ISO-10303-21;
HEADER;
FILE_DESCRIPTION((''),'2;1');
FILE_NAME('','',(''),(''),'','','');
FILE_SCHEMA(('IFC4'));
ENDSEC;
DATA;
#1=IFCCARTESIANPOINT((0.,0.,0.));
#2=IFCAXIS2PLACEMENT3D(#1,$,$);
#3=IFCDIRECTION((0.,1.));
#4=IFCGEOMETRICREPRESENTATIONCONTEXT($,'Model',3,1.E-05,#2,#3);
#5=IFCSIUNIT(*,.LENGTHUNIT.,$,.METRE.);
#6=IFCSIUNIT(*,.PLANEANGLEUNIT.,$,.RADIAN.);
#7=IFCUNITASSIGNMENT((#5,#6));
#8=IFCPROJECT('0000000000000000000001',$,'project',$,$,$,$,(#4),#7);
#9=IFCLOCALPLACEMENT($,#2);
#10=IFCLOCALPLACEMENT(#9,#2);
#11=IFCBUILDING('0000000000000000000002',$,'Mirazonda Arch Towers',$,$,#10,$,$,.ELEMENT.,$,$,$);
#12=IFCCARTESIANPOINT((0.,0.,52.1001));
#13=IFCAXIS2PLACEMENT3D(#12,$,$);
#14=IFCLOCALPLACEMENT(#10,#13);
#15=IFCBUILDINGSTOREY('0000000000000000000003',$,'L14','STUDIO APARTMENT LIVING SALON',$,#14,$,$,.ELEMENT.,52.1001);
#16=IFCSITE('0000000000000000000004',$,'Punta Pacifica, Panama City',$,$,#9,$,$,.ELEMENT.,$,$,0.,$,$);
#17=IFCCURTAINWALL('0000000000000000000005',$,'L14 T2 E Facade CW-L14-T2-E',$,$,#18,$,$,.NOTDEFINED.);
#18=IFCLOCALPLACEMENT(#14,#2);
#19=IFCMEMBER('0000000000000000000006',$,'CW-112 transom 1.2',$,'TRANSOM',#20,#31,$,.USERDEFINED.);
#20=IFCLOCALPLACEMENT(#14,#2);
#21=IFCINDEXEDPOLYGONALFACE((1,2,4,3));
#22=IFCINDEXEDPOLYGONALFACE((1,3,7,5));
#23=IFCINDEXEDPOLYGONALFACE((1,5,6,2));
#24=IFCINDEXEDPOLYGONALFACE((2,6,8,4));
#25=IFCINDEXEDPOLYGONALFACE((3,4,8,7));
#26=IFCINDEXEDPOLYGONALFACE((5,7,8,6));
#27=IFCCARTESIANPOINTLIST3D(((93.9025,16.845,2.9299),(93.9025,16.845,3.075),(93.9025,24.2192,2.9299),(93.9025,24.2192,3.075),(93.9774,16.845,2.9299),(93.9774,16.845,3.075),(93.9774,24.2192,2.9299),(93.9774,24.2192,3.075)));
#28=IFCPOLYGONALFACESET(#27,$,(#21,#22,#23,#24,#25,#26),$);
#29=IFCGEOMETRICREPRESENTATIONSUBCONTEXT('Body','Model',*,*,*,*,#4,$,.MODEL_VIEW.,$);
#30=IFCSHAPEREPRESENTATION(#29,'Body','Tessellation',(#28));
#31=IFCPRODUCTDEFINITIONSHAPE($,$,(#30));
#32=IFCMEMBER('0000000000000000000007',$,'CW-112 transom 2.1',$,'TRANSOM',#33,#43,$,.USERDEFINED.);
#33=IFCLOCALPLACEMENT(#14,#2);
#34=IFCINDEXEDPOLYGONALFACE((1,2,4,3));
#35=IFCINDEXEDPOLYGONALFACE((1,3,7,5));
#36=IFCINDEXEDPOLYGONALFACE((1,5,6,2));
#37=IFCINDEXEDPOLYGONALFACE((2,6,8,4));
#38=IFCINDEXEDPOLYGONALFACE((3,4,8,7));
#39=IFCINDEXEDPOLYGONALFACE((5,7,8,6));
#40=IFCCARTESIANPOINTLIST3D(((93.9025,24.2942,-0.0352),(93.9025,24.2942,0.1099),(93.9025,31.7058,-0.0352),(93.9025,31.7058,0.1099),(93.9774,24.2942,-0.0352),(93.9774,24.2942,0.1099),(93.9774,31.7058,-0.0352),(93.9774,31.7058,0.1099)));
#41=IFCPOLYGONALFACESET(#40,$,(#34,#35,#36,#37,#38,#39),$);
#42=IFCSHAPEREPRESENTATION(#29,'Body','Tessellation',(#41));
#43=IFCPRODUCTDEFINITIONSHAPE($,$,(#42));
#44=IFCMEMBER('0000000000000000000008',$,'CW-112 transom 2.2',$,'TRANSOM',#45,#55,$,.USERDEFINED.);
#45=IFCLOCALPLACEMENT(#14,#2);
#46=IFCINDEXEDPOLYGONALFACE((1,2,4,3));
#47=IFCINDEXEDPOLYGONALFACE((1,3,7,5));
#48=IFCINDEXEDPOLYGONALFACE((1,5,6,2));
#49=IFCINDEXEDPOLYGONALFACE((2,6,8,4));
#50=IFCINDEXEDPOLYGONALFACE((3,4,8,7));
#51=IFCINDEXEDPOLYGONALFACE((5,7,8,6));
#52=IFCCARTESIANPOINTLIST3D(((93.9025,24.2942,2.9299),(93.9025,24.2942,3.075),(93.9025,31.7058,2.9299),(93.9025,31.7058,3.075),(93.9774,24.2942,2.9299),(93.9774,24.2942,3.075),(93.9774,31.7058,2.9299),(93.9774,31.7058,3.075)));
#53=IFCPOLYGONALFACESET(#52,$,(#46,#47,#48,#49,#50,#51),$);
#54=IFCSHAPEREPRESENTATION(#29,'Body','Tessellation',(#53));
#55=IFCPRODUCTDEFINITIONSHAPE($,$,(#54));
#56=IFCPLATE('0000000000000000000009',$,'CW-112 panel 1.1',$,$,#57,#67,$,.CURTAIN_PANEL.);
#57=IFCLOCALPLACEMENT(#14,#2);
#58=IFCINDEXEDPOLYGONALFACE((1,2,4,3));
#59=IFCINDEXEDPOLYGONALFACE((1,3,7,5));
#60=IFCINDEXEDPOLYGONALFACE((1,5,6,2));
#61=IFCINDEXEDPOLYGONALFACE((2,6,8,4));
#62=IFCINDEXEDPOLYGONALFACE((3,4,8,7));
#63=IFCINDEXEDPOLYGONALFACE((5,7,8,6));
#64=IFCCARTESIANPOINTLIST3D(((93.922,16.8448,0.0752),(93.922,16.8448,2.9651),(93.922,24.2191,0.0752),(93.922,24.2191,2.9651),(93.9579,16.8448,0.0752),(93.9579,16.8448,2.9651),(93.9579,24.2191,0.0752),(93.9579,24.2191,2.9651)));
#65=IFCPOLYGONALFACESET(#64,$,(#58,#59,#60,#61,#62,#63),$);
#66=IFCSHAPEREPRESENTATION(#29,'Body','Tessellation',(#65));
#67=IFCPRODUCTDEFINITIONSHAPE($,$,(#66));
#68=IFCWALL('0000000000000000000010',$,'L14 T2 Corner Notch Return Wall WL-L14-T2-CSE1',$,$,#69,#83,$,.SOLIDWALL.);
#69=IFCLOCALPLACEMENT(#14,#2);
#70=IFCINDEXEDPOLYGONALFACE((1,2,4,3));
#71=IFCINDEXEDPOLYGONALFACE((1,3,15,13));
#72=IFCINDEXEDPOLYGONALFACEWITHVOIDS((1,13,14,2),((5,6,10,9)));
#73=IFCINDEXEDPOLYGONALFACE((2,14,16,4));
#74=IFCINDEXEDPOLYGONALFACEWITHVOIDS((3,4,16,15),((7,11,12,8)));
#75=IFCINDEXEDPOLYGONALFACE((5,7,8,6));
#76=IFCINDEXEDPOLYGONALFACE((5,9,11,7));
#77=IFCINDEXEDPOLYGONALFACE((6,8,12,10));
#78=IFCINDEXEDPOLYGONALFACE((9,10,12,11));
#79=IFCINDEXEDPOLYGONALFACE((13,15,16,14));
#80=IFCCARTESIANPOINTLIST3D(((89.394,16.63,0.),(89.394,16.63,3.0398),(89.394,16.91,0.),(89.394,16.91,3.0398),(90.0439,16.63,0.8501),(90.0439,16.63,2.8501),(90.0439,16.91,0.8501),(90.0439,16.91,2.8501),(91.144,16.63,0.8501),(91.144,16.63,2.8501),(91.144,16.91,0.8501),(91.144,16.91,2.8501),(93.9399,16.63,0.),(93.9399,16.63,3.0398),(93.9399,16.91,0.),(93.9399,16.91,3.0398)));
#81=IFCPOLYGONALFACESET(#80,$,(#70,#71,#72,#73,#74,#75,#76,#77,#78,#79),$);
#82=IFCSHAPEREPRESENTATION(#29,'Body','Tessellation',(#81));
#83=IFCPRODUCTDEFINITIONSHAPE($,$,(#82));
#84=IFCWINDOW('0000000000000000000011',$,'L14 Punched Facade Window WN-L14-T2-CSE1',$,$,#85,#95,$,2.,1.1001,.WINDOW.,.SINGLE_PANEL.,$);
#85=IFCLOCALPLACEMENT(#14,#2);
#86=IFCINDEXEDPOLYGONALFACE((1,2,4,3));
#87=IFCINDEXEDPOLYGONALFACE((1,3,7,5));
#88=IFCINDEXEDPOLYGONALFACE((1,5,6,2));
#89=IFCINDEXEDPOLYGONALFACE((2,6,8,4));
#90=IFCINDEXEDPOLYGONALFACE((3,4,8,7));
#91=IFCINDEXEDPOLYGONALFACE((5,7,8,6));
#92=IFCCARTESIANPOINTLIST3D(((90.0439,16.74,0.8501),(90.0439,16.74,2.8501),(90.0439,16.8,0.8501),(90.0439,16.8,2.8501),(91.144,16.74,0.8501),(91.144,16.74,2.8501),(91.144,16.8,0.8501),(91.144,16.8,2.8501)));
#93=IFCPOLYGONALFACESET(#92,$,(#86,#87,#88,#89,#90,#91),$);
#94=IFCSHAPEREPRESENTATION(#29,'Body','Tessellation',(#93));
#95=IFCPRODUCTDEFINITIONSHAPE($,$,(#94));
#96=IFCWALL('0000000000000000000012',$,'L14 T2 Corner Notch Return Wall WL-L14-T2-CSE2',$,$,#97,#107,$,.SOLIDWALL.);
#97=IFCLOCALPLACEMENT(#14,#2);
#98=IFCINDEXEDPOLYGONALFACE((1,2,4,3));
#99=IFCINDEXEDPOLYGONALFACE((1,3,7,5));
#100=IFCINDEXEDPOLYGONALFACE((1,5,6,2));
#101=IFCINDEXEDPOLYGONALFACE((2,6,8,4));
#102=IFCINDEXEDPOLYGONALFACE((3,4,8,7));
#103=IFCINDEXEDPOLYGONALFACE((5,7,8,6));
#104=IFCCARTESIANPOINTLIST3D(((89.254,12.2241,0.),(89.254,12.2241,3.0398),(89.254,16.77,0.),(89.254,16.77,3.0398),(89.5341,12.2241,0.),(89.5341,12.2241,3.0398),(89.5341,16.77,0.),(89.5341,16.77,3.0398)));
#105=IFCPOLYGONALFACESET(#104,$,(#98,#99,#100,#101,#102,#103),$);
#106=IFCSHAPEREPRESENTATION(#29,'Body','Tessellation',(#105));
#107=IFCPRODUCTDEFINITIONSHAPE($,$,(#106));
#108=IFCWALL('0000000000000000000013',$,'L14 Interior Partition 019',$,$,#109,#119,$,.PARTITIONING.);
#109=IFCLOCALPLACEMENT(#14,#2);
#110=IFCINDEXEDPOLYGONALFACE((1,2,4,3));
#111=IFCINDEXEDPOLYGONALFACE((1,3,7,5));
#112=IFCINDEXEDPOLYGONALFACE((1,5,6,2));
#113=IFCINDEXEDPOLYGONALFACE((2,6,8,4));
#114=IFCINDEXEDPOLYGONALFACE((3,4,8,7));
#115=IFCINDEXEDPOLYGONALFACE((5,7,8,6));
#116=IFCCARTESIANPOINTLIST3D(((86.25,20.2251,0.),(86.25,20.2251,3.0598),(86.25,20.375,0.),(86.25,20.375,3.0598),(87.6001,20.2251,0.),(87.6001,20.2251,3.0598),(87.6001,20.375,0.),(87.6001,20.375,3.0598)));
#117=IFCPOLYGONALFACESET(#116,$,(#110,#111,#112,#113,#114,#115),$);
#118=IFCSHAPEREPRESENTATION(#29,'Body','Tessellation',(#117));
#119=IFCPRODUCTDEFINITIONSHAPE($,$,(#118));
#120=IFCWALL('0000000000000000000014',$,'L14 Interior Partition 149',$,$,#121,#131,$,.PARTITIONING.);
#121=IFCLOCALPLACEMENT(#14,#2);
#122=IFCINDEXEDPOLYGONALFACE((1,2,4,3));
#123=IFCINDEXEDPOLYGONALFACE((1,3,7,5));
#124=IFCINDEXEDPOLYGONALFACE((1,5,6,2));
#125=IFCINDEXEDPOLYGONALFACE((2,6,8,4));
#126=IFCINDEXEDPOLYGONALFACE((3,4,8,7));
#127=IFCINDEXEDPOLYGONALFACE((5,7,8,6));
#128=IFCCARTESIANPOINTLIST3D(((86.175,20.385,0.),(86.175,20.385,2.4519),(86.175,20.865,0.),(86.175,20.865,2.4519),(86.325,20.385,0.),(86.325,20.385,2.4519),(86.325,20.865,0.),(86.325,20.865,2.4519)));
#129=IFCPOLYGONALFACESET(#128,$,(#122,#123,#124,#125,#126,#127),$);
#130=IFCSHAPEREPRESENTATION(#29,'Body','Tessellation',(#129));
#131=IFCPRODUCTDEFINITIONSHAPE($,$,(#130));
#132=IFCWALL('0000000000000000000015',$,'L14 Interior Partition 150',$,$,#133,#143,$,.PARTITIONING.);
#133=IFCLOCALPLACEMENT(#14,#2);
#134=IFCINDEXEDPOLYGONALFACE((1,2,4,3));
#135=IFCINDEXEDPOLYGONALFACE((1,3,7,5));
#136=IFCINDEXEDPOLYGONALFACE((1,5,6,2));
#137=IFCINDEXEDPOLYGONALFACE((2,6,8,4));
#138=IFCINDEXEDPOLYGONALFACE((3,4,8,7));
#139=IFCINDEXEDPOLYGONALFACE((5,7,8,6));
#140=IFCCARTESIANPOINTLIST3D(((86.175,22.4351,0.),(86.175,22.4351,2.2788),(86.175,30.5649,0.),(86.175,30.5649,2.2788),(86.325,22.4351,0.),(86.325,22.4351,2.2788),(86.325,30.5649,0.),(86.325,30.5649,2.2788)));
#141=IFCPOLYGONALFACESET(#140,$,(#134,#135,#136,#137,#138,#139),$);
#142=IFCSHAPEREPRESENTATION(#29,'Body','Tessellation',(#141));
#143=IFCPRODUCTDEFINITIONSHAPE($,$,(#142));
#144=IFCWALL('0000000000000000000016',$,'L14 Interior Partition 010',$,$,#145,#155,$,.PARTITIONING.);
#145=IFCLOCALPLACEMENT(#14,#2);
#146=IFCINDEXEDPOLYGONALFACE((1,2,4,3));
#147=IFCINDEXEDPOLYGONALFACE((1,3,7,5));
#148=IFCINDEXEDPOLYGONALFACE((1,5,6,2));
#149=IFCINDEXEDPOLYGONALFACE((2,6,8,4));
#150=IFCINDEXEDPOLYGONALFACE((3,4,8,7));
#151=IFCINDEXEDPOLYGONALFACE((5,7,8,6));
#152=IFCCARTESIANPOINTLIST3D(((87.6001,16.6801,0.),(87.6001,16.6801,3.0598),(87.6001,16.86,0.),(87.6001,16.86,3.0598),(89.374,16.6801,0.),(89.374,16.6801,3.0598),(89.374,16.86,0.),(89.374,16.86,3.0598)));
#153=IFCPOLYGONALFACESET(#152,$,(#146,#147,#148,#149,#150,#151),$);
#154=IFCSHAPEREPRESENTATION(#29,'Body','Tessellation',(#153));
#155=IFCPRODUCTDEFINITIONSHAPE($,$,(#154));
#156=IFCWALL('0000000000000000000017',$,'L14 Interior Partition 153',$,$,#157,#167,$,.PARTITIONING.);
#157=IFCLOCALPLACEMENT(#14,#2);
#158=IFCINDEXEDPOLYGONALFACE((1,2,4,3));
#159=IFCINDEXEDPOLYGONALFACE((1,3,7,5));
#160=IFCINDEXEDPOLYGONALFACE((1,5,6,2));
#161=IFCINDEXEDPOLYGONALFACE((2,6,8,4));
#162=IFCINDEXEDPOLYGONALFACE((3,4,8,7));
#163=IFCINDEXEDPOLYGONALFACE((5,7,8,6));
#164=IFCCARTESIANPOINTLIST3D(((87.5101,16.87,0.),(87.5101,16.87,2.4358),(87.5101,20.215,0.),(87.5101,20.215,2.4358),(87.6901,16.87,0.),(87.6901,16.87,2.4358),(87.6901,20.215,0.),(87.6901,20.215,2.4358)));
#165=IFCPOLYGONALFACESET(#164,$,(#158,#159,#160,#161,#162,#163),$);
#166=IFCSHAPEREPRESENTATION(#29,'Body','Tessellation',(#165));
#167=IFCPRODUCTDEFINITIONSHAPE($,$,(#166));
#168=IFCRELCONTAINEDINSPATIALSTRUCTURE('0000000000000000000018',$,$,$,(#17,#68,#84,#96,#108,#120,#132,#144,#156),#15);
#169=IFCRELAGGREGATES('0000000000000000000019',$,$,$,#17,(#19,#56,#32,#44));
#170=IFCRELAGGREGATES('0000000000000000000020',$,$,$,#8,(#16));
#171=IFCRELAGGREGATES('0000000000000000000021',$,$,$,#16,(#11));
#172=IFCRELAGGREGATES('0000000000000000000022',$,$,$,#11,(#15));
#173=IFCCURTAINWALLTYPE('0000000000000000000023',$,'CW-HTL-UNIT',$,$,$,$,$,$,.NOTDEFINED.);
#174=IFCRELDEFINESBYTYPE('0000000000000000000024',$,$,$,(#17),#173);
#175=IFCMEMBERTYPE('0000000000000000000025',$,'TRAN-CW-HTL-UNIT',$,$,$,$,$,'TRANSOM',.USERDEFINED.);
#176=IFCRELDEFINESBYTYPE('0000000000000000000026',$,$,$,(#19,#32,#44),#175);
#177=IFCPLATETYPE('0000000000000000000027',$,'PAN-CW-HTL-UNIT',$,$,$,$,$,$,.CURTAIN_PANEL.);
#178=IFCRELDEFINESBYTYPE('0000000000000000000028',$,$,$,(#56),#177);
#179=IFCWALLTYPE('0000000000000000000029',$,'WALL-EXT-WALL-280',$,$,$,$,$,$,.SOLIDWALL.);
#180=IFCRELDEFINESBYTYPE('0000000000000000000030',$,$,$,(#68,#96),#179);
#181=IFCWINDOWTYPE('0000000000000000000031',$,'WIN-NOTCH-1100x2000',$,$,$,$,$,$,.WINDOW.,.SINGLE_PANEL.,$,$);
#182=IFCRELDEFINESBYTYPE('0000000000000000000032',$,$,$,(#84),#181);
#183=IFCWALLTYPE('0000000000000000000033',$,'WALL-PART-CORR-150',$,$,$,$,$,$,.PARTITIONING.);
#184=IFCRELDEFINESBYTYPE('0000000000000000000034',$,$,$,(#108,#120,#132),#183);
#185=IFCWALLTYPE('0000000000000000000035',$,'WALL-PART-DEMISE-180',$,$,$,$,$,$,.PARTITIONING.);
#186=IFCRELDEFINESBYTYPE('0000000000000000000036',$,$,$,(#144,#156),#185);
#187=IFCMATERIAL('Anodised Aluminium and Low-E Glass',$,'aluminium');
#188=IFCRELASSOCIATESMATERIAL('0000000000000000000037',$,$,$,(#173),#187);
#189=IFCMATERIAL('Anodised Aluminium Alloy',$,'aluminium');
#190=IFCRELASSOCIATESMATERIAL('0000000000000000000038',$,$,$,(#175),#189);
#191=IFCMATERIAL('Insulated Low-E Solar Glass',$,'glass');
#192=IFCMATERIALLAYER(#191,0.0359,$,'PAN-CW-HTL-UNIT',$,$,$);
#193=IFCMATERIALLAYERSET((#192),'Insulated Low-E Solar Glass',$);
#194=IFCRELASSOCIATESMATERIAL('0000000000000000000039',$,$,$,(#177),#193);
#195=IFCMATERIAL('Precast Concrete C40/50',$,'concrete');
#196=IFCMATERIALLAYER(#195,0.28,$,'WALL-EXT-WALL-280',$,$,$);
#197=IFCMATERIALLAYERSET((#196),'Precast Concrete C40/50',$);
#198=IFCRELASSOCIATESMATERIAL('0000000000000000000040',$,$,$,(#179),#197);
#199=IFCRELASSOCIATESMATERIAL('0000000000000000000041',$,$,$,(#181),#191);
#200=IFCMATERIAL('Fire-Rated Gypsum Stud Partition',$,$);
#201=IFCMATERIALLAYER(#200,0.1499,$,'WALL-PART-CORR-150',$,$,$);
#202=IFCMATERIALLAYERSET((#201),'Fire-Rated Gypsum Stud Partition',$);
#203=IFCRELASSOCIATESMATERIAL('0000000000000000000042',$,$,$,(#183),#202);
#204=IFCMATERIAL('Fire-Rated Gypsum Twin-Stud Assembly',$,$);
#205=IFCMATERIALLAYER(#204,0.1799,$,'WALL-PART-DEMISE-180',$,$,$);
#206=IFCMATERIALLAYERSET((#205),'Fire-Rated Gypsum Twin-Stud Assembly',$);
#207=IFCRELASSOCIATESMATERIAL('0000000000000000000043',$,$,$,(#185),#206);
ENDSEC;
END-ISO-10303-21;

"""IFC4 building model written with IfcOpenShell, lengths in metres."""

from ifc_helpers import new_model, si_unit, direction, frame, frame_2d, origin, origin_2d, place, context, subcontext, project, spatial, rectangle, extrude, material, layer, layer_set, material_profile, profile_set, type_object, element, fill, aggregate, save


model = new_model("IFC4")

# Units and contexts
model_context = context("Model", 3, precision=1e-05, world=origin(), true_north=direction((0.0, 1.0)))
body_context = subcontext(model_context, "Body", "Model", "MODEL_VIEW")
ifc_project = project(units=[si_unit("LENGTHUNIT", "METRE"), si_unit("PLANEANGLEUNIT", "RADIAN")], contexts=[model_context])

# Site, building, storey
site_placement = place(None, origin())
site = spatial("IfcSite", under=ifc_project, at=site_placement, Name="Punta Pacifica, Panama City", CompositionType="ELEMENT", RefElevation=0.0)
building_placement = place(site_placement, origin())
building = spatial("IfcBuilding", under=site, at=building_placement, Name="Mirazonda Arch Towers", CompositionType="ELEMENT")
storey_placement = place(building_placement, frame((0.0, 0.0, 52.1001)))
storey = spatial("IfcBuildingStorey", under=building, at=storey_placement, Name="L14", Description="STUDIO APARTMENT LIVING SALON", CompositionType="ELEMENT", Elevation=52.1001)

# Shared definitions
ifc_material_1 = material(Name="Anodised Aluminium and Low-E Glass", Category="aluminium")
curtain_wall_type = type_object("IfcCurtainWallType", Name="CW-HTL-UNIT", PredefinedType="NOTDEFINED", material=ifc_material_1)
ifc_material_2 = material(Name="Anodised Aluminium Alloy", Category="aluminium")

# Curtain wall
curtain_wall_1_placement = place(storey_placement, origin())
curtain_wall_1 = element("IfcCurtainWall", 1, at=curtain_wall_1_placement, inside=storey, type_object=curtain_wall_type, Name="L14 T2 E Facade CW-L14-T2-E", PredefinedType="NOTDEFINED")

# Members
ifc_material_profile_1 = material_profile(ifc_material_2, rectangle(XDim=0.075, YDim=0.145, at=origin_2d()), Name="ALU-TRAN-75x145")
ifc_profile_set_1 = profile_set([ifc_material_profile_1], Name="Anodised Aluminium Alloy")
member_type_1 = type_object("IfcMemberType", Name="TRAN-CW-HTL-UNIT", ElementType="TRANSOM", PredefinedType="USERDEFINED", material=ifc_profile_set_1)
member_1_placement = place(storey_placement, frame((93.9399, 16.845, 3.0024), z_axis=(0.0, 1.0, 0.0), x_axis=(-1.0, 0.0, 0.0)))
member_1 = element("IfcMember", 2, at=member_1_placement, type_object=member_type_1, Name="CW-112 transom 1.2", ObjectType="TRANSOM", PredefinedType="USERDEFINED", context=body_context, shape_type="SweptSolid", body=[
    extrude(rectangle(XDim=0.075, YDim=0.145, at=origin_2d()), origin(), (0.0, 0.0, 1.0), 7.3743),
])
member_2_placement = place(storey_placement, frame((93.9399, 24.2942, 0.0374), z_axis=(0.0, 1.0, 0.0), x_axis=(-1.0, 0.0, 0.0)))
member_2 = element("IfcMember", 3, at=member_2_placement, type_object=member_type_1, Name="CW-112 transom 2.1", ObjectType="TRANSOM", PredefinedType="USERDEFINED", context=body_context, shape_type="SweptSolid", body=[
    extrude(rectangle(XDim=0.075, YDim=0.145, at=origin_2d()), origin(), (0.0, 0.0, 1.0), 7.4116),
])
member_3_placement = place(storey_placement, frame((93.9399, 24.2942, 3.0024), z_axis=(0.0, 1.0, 0.0), x_axis=(-1.0, 0.0, 0.0)))
member_3 = element("IfcMember", 4, at=member_3_placement, type_object=member_type_1, Name="CW-112 transom 2.2", ObjectType="TRANSOM", PredefinedType="USERDEFINED", context=body_context, shape_type="SweptSolid", body=[
    extrude(rectangle(XDim=0.075, YDim=0.145, at=origin_2d()), origin(), (0.0, 0.0, 1.0), 7.4116),
])

# Plate
ifc_material_3 = material(Name="Insulated Low-E Solar Glass", Category="glass")
ifc_layer_1 = layer(ifc_material_3, 0.0359, Name="PAN-CW-HTL-UNIT")
ifc_layer_set_1 = layer_set([ifc_layer_1], Name="Insulated Low-E Solar Glass")
plate_type = type_object("IfcPlateType", Name="PAN-CW-HTL-UNIT", PredefinedType="CURTAIN_PANEL", material=ifc_layer_set_1)
plate_placement = place(storey_placement, frame((93.9399, 20.532, 0.0752), z_axis=(0.0, 0.0, 1.0), x_axis=(0.0, 1.0, 0.0)))
plate = element("IfcPlate", 5, at=plate_placement, type_object=plate_type, Name="CW-112 panel 1.1", PredefinedType="CURTAIN_PANEL", context=body_context, shape_type="SweptSolid", body=[
    extrude(rectangle(XDim=7.3743, YDim=0.0359, at=origin_2d()), origin(), (0.0, 0.0, 1.0), 2.8899),
])
aggregate(curtain_wall_1, [member_1, plate, member_2, member_3])

# Wall, opening, window
ifc_material_4 = material(Name="Precast Concrete C40/50", Category="concrete")
ifc_layer_2 = layer(ifc_material_4, 0.28, Name="WALL-EXT-WALL-280")
ifc_layer_set_2 = layer_set([ifc_layer_2], Name="Precast Concrete C40/50")
wall_type_1 = type_object("IfcWallType", Name="WALL-EXT-WALL-280", PredefinedType="SOLIDWALL", material=ifc_layer_set_2)
wall_1_placement = place(storey_placement, frame((89.394, 16.77, 0.0), z_axis=(0.0, 0.0, 1.0), x_axis=(1.0, 0.0, 0.0)))
wall_1 = element("IfcWall", 6, at=wall_1_placement, inside=storey, type_object=wall_type_1, Name="L14 T2 Corner Notch Return Wall WL-L14-T2-CSE1", PredefinedType="SOLIDWALL", context=body_context, shape_type="SweptSolid", body=[
    extrude(rectangle(XDim=4.5459, YDim=0.28, at=frame_2d((2.2729, 0.0))), origin(), (0.0, 0.0, 1.0), 3.0398),
])
opening_1_placement = place(wall_1_placement, frame((0.6499, 0.0, 0.8501)))
opening_1 = element("IfcOpeningElement", 7, at=opening_1_placement, cuts=wall_1, PredefinedType="OPENING", context=body_context, shape_type="SweptSolid", body=[
    extrude(rectangle(XDim=1.1001, YDim=2.0, at=frame_2d((0.55, 1.0))), frame((0.0, 0.1499, 0.0), z_axis=(0.0, -1.0, 0.0), x_axis=(1.0, 0.0, 0.0)), (0.0, 0.0, 1.0), 0.3),
])
window_type = type_object("IfcWindowType", Name="WIN-NOTCH-1100x2000", PartitioningType="SINGLE_PANEL", PredefinedType="WINDOW", material=ifc_material_3)
window_placement = place(opening_1_placement, origin())
window = element("IfcWindow", 8, at=window_placement, inside=storey, type_object=window_type, Name="L14 Punched Facade Window WN-L14-T2-CSE1", OverallHeight=2.0, OverallWidth=1.1001, PartitioningType="SINGLE_PANEL", PredefinedType="WINDOW", context=body_context, shape_type="SweptSolid", body=[
    extrude(rectangle(XDim=1.1001, YDim=2.0, at=frame_2d((0.55, 1.0))), frame((0.0, 0.03, 0.0), z_axis=(0.0, -1.0, 0.0), x_axis=(1.0, 0.0, 0.0)), (0.0, 0.0, 1.0), 0.0601),
])
fill(opening_1, window)

# Walls
wall_2_placement = place(storey_placement, frame((89.394, 12.2241, 0.0), z_axis=(0.0, 0.0, 1.0), x_axis=(0.0, 1.0, 0.0)))
element("IfcWall", 9, at=wall_2_placement, inside=storey, type_object=wall_type_1, Name="L14 T2 Corner Notch Return Wall WL-L14-T2-CSE2", PredefinedType="SOLIDWALL", context=body_context, shape_type="SweptSolid", body=[
    extrude(rectangle(XDim=4.5459, YDim=0.28, at=frame_2d((2.2729, 0.0))), origin(), (0.0, 0.0, 1.0), 3.0398),
])
ifc_material_5 = material(Name="Fire-Rated Gypsum Stud Partition")
ifc_layer_3 = layer(ifc_material_5, 0.1499, Name="WALL-PART-CORR-150")
ifc_layer_set_3 = layer_set([ifc_layer_3], Name="Fire-Rated Gypsum Stud Partition")
wall_type_2 = type_object("IfcWallType", Name="WALL-PART-CORR-150", PredefinedType="PARTITIONING", material=ifc_layer_set_3)
wall_3_placement = place(storey_placement, frame((86.25, 20.3, 0.0), z_axis=(0.0, 0.0, 1.0), x_axis=(1.0, 0.0, 0.0)))
element("IfcWall", 10, at=wall_3_placement, inside=storey, type_object=wall_type_2, Name="L14 Interior Partition 019", PredefinedType="PARTITIONING", context=body_context, shape_type="SweptSolid", body=[
    extrude(rectangle(XDim=1.3501, YDim=0.1499, at=frame_2d((0.675, 0.0))), origin(), (0.0, 0.0, 1.0), 3.0598),
])
wall_4_placement = place(storey_placement, frame((86.25, 20.385, 0.0), z_axis=(0.0, 0.0, 1.0), x_axis=(0.0, 1.0, 0.0)))
element("IfcWall", 11, at=wall_4_placement, inside=storey, type_object=wall_type_2, Name="L14 Interior Partition 149", PredefinedType="PARTITIONING", context=body_context, shape_type="SweptSolid", body=[
    extrude(rectangle(XDim=0.48, YDim=0.1499, at=frame_2d((0.24, 0.0))), origin(), (0.0, 0.0, 1.0), 2.4519),
])
wall_5_placement = place(storey_placement, frame((86.25, 22.4351, 0.0), z_axis=(0.0, 0.0, 1.0), x_axis=(0.0, 1.0, 0.0)))
element("IfcWall", 12, at=wall_5_placement, inside=storey, type_object=wall_type_2, Name="L14 Interior Partition 150", PredefinedType="PARTITIONING", context=body_context, shape_type="SweptSolid", body=[
    extrude(rectangle(XDim=8.1299, YDim=0.1499, at=frame_2d((4.0649, 0.0))), origin(), (0.0, 0.0, 1.0), 2.2788),
])
ifc_material_6 = material(Name="Fire-Rated Gypsum Twin-Stud Assembly")
ifc_layer_4 = layer(ifc_material_6, 0.1799, Name="WALL-PART-DEMISE-180")
ifc_layer_set_4 = layer_set([ifc_layer_4], Name="Fire-Rated Gypsum Twin-Stud Assembly")
wall_type_3 = type_object("IfcWallType", Name="WALL-PART-DEMISE-180", PredefinedType="PARTITIONING", material=ifc_layer_set_4)
wall_6_placement = place(storey_placement, frame((87.6001, 16.77, 0.0), z_axis=(0.0, 0.0, 1.0), x_axis=(1.0, 0.0, 0.0)))
element("IfcWall", 13, at=wall_6_placement, inside=storey, type_object=wall_type_3, Name="L14 Interior Partition 010", PredefinedType="PARTITIONING", context=body_context, shape_type="SweptSolid", body=[
    extrude(rectangle(XDim=1.7739, YDim=0.1799, at=frame_2d((0.887, 0.0))), origin(), (0.0, 0.0, 1.0), 3.0598),
])

# Wall
wall_7_placement = place(storey_placement, frame((87.6001, 16.8701, 0.0), z_axis=(0.0, 0.0, 1.0), x_axis=(0.0, 1.0, 0.0)))
element("IfcWall", 14, at=wall_7_placement, inside=storey, type_object=wall_type_3, Name="L14 Interior Partition 153", PredefinedType="PARTITIONING", context=body_context, shape_type="SweptSolid", body=[
    extrude(rectangle(XDim=3.345, YDim=0.1799, at=frame_2d((1.6724, 0.0))), origin(), (0.0, 0.0, 1.0), 2.4358),
])

save(model, "model.ifc")
